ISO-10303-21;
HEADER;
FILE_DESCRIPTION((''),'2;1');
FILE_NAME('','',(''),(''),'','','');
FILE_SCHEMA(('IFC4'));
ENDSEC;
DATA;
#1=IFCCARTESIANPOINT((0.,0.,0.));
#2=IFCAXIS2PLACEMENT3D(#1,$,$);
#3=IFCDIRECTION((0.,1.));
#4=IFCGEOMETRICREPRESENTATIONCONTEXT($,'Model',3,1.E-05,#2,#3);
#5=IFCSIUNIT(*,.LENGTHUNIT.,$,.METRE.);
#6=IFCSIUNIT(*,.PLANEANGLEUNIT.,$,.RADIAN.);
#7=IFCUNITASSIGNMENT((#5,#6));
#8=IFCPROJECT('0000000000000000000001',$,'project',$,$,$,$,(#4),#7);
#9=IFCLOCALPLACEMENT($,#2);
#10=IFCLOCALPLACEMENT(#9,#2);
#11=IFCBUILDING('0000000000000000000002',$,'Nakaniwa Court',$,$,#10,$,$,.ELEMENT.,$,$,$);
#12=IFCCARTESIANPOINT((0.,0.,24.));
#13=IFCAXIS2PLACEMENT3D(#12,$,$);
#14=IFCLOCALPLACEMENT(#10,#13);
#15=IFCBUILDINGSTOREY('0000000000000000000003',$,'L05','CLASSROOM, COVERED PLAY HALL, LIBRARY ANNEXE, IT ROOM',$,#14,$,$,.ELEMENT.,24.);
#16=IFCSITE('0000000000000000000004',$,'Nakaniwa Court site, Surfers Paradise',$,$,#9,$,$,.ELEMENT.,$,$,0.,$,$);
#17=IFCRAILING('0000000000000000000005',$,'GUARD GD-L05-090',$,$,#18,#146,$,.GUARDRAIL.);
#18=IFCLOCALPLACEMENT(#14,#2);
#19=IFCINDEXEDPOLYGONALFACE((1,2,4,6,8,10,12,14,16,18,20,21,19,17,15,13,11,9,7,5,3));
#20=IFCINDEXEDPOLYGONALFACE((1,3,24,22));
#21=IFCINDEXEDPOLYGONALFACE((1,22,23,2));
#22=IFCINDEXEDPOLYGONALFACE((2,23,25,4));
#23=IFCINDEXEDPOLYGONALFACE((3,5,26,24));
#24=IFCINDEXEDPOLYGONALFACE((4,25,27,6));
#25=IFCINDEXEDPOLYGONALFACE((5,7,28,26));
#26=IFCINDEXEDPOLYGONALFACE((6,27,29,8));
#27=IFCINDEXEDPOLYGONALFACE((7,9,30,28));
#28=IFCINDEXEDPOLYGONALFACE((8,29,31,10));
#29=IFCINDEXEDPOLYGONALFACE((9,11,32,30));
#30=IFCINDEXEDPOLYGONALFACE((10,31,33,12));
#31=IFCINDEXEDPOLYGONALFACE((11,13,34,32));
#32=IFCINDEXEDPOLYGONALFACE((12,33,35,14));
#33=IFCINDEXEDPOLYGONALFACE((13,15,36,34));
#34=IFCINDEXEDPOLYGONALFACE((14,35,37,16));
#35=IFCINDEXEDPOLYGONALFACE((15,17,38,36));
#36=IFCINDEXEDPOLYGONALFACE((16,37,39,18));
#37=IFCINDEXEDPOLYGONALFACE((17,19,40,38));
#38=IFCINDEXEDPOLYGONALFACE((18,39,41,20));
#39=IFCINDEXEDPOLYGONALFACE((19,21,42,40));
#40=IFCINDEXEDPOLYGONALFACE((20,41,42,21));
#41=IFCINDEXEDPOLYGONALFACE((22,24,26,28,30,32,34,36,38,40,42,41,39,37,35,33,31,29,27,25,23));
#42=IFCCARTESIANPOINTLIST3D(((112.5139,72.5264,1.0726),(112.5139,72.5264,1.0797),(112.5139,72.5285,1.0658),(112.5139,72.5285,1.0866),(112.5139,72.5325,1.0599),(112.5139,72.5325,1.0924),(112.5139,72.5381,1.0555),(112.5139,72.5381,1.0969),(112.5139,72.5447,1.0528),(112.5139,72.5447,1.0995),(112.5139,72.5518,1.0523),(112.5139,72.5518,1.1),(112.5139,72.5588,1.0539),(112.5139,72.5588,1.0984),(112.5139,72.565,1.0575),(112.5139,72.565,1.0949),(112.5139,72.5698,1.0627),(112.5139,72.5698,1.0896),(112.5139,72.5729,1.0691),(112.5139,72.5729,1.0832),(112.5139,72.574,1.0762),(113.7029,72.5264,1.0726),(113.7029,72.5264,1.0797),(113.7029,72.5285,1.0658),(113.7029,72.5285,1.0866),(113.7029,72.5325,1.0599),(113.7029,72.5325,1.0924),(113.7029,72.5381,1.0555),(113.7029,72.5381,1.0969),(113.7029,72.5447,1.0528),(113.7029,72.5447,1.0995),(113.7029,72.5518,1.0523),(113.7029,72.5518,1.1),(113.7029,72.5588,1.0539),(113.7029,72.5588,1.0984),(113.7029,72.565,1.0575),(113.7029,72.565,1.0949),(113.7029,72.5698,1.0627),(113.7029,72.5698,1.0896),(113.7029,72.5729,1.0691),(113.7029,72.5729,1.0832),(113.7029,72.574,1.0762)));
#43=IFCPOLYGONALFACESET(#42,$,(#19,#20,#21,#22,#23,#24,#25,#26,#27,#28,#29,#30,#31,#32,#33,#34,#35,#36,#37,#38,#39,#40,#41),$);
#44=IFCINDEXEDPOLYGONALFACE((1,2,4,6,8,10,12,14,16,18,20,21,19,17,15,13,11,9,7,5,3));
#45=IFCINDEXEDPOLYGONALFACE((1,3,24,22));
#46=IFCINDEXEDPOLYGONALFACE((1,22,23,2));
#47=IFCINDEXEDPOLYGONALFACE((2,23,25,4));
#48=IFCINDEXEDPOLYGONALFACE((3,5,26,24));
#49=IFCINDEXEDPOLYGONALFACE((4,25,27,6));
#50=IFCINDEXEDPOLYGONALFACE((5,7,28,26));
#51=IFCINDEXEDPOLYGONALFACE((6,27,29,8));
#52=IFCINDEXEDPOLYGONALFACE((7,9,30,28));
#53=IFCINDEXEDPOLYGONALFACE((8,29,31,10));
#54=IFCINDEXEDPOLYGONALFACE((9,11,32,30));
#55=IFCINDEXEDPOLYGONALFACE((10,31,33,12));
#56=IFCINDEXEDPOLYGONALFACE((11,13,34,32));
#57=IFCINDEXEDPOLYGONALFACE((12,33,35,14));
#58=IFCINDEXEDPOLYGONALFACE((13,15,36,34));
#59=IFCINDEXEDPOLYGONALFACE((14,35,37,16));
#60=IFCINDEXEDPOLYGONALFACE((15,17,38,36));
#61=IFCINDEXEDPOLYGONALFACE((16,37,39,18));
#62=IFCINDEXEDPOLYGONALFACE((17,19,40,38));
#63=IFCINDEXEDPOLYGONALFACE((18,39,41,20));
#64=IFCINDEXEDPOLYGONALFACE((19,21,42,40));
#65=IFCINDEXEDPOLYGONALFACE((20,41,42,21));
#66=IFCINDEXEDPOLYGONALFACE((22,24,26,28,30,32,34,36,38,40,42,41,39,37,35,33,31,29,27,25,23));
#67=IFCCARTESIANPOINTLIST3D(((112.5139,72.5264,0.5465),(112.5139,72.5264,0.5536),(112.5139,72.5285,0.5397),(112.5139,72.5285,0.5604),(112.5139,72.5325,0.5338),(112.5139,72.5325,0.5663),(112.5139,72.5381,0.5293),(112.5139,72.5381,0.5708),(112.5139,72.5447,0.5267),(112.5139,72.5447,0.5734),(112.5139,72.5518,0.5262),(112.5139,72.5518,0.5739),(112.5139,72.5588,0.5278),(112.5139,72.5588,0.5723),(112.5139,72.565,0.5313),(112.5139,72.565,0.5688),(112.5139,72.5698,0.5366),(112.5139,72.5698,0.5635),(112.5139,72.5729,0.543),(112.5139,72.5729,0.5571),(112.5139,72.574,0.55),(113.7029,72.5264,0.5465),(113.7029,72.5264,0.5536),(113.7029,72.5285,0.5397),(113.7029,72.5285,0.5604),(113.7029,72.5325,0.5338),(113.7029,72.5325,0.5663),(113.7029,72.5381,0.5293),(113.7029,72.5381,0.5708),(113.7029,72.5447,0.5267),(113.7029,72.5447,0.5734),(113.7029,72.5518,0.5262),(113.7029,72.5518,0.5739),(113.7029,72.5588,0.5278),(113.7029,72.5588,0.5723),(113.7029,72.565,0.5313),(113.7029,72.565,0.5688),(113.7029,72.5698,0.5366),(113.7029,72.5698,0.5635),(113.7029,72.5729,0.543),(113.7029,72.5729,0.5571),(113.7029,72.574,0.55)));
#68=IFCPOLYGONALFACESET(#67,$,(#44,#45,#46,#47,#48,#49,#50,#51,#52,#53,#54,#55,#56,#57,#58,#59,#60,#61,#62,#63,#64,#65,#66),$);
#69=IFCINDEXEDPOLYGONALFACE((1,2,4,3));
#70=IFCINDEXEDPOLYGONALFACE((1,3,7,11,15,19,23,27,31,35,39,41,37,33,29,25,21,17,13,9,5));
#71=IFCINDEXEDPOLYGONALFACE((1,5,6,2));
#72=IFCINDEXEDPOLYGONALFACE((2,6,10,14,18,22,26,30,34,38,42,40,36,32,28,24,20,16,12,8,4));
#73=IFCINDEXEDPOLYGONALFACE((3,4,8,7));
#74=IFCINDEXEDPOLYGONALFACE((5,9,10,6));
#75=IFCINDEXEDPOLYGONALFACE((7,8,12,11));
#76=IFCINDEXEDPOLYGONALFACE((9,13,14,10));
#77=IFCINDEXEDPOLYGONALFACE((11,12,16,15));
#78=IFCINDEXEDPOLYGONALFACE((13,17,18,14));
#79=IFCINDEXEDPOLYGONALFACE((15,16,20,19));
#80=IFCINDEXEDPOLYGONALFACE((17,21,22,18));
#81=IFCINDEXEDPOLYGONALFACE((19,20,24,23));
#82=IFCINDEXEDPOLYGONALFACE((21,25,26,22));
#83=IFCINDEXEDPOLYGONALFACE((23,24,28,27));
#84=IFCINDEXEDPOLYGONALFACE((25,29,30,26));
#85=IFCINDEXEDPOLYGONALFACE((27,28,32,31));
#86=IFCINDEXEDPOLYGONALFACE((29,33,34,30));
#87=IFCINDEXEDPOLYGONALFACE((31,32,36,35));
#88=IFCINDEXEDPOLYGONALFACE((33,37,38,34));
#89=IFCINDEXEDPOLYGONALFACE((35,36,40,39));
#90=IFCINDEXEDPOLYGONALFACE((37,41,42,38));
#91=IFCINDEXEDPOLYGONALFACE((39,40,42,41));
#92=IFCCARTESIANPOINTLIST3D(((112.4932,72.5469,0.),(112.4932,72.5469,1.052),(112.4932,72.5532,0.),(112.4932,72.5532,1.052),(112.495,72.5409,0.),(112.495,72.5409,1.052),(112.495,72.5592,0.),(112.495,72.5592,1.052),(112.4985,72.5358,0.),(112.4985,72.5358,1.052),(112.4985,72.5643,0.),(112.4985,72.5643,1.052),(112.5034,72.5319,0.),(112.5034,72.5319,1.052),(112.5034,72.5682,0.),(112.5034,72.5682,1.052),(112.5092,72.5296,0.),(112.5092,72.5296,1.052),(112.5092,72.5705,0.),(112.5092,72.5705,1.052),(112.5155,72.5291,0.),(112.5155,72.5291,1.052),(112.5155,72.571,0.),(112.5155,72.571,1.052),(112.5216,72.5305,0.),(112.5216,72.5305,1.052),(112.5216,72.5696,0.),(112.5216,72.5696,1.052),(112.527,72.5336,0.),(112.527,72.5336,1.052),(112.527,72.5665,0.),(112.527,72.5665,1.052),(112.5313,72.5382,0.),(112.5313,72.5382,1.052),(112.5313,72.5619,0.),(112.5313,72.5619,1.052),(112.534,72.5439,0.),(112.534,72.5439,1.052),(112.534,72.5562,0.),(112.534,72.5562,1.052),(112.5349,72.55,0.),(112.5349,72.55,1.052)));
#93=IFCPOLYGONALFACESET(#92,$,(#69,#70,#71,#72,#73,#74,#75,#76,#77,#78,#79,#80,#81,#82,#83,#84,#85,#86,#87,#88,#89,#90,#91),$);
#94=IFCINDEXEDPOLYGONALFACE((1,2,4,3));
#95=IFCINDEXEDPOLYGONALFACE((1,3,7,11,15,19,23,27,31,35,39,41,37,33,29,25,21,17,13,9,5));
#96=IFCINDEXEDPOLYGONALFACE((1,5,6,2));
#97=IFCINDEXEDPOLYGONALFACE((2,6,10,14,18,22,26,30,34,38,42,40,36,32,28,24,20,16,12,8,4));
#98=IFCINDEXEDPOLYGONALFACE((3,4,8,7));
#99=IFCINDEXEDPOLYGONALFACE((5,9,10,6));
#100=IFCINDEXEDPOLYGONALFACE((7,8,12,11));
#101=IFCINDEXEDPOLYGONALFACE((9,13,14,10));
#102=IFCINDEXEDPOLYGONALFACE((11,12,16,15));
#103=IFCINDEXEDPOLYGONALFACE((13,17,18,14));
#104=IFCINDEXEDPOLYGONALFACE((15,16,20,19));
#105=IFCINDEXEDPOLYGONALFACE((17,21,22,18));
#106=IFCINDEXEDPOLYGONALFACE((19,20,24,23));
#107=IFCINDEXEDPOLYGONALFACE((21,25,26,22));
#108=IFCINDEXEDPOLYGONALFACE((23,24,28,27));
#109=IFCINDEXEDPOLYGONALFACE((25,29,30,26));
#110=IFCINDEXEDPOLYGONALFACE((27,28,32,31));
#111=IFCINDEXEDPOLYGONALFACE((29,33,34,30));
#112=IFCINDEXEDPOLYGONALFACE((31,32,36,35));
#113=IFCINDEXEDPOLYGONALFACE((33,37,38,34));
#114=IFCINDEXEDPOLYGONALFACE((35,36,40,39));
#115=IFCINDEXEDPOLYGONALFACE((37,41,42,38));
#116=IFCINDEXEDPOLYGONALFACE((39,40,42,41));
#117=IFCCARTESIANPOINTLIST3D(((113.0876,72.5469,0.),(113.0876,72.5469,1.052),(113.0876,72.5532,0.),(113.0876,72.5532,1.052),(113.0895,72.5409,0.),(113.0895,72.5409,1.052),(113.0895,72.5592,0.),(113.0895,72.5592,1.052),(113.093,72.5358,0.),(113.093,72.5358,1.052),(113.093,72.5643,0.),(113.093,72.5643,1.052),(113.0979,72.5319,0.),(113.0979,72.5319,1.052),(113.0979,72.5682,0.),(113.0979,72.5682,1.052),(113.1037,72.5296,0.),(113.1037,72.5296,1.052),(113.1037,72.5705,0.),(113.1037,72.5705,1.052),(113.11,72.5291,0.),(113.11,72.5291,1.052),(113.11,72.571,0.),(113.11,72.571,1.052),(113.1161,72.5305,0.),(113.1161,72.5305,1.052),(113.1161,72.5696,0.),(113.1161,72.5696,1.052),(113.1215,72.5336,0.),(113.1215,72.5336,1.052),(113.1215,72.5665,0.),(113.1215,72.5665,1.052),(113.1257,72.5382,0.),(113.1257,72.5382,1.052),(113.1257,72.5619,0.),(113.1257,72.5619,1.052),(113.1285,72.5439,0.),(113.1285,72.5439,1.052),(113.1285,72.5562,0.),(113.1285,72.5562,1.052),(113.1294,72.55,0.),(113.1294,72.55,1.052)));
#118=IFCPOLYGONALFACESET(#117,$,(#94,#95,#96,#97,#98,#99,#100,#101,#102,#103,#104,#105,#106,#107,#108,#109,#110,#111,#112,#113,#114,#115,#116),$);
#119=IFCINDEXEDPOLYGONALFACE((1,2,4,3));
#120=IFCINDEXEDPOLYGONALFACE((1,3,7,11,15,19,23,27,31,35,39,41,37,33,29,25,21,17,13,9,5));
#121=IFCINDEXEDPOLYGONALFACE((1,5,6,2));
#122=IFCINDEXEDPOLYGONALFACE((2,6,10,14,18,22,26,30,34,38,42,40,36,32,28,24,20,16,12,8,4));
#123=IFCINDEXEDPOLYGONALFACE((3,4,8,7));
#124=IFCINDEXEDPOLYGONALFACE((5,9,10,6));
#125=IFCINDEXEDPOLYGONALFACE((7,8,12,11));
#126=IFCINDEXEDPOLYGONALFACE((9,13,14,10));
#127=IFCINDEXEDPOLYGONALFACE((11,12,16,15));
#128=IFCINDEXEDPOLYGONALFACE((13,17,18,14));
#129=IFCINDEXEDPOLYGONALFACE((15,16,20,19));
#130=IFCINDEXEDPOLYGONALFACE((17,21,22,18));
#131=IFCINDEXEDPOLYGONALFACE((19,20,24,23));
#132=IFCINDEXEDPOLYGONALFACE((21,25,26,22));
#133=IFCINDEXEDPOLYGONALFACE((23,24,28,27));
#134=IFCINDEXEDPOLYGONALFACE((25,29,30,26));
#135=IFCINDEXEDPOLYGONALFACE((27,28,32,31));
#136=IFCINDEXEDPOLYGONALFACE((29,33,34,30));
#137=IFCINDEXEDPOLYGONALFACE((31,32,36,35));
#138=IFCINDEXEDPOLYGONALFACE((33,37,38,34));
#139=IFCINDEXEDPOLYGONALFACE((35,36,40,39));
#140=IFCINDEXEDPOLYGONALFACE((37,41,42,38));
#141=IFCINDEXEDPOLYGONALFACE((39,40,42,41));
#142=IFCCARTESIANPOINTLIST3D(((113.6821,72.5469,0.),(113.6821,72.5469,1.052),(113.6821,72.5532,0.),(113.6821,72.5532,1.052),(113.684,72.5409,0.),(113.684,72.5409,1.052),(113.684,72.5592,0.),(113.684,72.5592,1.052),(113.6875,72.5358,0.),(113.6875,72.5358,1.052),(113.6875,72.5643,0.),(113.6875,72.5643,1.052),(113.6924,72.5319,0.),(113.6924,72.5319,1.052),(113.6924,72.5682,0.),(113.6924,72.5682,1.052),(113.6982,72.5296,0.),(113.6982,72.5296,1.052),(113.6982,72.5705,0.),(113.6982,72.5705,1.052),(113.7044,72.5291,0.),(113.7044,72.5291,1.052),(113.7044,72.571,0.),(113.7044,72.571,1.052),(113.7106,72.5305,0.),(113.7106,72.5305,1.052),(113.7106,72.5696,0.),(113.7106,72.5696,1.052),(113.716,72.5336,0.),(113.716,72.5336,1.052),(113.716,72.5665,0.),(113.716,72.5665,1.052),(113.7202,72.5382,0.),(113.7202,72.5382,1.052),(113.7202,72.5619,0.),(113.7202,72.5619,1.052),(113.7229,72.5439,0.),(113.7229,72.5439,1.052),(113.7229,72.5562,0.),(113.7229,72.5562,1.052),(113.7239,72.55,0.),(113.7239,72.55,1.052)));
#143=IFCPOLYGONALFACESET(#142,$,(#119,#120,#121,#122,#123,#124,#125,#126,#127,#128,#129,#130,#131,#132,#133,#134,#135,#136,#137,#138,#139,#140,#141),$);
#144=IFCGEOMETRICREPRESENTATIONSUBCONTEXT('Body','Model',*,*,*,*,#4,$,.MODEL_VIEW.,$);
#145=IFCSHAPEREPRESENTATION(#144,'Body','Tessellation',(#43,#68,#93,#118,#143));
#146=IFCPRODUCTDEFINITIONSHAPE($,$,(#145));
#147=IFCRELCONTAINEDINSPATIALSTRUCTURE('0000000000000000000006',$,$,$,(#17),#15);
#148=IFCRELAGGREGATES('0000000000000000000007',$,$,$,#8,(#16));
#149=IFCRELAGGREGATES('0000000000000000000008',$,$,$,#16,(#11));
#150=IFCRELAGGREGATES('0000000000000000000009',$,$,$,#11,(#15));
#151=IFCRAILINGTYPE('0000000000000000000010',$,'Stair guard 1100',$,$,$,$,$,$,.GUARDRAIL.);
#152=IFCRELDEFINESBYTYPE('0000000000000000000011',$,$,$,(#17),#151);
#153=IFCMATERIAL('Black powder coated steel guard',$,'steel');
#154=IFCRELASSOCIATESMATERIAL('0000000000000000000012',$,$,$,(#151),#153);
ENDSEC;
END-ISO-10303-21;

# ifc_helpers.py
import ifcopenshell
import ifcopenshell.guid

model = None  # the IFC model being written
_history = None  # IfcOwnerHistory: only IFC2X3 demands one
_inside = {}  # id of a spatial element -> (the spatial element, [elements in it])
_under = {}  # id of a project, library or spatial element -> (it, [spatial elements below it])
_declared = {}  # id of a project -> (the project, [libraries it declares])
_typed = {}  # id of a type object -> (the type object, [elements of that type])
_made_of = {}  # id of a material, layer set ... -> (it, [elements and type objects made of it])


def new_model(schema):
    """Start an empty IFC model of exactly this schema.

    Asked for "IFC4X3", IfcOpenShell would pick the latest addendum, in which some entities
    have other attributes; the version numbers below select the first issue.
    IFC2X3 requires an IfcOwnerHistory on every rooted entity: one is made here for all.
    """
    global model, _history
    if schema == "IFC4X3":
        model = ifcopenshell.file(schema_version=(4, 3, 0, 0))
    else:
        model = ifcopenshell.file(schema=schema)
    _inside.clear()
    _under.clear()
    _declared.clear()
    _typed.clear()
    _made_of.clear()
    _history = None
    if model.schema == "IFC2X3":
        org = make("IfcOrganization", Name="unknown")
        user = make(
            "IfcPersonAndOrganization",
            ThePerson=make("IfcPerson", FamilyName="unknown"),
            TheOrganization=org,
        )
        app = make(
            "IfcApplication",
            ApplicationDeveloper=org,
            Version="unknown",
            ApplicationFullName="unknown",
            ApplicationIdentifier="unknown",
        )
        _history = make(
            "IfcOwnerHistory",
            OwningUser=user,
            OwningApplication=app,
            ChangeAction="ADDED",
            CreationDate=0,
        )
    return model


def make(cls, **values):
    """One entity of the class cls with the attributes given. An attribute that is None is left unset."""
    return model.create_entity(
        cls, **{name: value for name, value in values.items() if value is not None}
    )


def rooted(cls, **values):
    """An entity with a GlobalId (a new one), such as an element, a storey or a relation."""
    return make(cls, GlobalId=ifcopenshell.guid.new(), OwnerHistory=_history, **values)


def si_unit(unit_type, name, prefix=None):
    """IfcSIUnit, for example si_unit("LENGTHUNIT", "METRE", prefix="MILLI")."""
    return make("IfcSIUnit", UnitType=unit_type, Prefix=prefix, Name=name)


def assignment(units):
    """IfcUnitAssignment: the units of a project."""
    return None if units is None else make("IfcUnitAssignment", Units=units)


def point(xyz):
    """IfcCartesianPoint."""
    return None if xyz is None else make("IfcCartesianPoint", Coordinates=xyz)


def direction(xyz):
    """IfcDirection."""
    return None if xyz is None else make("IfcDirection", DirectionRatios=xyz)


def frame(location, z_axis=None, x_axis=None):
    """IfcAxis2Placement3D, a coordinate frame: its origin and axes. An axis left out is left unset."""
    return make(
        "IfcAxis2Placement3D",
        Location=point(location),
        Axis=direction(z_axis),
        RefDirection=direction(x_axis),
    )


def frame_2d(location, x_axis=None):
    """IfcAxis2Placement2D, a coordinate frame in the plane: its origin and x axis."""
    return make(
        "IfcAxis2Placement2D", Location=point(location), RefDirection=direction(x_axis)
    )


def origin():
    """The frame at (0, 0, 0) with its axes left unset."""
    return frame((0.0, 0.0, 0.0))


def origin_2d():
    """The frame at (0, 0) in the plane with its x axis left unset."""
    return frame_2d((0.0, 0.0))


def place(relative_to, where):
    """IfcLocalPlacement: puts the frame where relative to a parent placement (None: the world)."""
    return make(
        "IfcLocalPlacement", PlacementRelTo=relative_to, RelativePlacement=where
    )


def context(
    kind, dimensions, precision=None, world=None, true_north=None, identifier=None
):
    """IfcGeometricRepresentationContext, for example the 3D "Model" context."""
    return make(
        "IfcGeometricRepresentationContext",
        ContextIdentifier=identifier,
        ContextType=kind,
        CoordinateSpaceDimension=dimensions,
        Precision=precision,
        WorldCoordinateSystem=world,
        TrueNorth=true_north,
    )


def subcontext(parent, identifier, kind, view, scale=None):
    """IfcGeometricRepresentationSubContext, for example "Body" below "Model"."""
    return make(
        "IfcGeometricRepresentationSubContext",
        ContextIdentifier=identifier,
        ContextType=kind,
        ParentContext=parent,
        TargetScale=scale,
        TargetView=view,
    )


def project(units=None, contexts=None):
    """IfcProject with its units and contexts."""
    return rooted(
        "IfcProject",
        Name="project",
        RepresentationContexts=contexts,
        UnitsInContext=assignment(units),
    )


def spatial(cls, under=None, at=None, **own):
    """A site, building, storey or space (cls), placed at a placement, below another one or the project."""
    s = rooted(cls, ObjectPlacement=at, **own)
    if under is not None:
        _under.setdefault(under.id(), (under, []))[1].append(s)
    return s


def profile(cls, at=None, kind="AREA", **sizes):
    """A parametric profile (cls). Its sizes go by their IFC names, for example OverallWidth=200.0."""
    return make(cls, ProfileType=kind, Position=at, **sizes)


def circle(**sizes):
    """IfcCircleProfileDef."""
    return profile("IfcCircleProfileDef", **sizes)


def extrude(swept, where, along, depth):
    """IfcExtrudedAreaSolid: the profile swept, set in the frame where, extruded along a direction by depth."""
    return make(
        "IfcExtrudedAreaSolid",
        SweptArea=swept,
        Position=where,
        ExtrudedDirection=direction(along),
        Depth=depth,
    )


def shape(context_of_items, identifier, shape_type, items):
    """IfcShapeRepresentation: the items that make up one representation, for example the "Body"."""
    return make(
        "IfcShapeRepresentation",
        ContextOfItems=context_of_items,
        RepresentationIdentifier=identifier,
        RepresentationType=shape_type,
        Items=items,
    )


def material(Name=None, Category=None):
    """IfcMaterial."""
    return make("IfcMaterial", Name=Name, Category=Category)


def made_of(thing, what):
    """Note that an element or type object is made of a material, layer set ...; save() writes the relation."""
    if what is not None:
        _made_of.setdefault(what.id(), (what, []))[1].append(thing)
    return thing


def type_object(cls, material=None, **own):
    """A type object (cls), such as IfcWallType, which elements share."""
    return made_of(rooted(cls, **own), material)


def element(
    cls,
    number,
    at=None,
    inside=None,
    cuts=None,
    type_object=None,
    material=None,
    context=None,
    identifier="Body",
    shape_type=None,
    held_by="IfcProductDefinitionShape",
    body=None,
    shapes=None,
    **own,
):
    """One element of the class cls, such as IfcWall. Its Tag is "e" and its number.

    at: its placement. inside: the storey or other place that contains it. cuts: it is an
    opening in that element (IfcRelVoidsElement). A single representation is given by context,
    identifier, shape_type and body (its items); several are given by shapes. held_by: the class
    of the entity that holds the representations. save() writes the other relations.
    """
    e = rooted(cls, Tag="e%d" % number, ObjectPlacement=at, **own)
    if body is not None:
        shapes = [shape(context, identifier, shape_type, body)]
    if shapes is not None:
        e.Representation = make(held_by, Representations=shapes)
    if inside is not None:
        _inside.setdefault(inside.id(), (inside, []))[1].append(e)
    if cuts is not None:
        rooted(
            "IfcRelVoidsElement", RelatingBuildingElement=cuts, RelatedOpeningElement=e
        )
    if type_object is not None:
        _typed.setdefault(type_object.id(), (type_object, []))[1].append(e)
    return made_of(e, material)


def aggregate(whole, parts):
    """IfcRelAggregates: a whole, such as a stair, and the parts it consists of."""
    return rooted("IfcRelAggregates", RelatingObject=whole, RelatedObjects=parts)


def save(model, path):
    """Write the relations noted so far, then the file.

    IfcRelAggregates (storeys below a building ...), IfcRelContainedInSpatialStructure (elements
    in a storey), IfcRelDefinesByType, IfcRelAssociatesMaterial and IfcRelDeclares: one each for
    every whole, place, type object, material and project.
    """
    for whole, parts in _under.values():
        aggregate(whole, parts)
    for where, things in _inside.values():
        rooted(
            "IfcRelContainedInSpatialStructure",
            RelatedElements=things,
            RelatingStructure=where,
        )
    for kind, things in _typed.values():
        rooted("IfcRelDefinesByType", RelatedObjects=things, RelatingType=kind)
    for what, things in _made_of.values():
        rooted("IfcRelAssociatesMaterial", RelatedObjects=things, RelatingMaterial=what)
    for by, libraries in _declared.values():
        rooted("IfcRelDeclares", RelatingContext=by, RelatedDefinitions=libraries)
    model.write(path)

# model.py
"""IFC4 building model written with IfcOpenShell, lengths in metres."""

from ifc_helpers import new_model, si_unit, direction, frame, origin, origin_2d, place, context, subcontext, project, spatial, circle, extrude, material, type_object, element, save


model = new_model("IFC4")

# Units and contexts
model_context = context("Model", 3, precision=1e-05, world=origin(), true_north=direction((0.0, 1.0)))
body_context = subcontext(model_context, "Body", "Model", "MODEL_VIEW")
ifc_project = project(units=[si_unit("LENGTHUNIT", "METRE"), si_unit("PLANEANGLEUNIT", "RADIAN")], contexts=[model_context])

# Site, building, storey
site_placement = place(None, origin())
site = spatial("IfcSite", under=ifc_project, at=site_placement, Name="Nakaniwa Court site, Surfers Paradise", CompositionType="ELEMENT", RefElevation=0.0)
building_placement = place(site_placement, origin())
building = spatial("IfcBuilding", under=site, at=building_placement, Name="Nakaniwa Court", CompositionType="ELEMENT")
storey_placement = place(building_placement, frame((0.0, 0.0, 24.0)))
storey = spatial("IfcBuildingStorey", under=building, at=storey_placement, Name="L05", Description="CLASSROOM, COVERED PLAY HALL, LIBRARY ANNEXE, IT ROOM", CompositionType="ELEMENT", Elevation=24.0)

# Railing
ifc_material_1 = material(Name="Black powder coated steel guard", Category="steel")
railing_type = type_object("IfcRailingType", Name="Stair guard 1100", PredefinedType="GUARDRAIL", material=ifc_material_1)
railing_1_placement = place(storey_placement, frame((112.5139, 72.55, 0.0)))
element("IfcRailing", 1, at=railing_1_placement, inside=storey, type_object=railing_type, Name="GUARD GD-L05-090", PredefinedType="GUARDRAIL", context=body_context, shape_type="SweptSolid", body=[
    extrude(circle(Radius=0.0239, at=origin_2d()), frame((0.0, 0.0, 1.0762), z_axis=(1.0, 0.0, 0.0), x_axis=(0.0, 1.0, 0.0)), (0.0, 0.0, 1.0), 1.189),
    extrude(circle(Radius=0.0239, at=origin_2d()), frame((0.0, 0.0, 0.55), z_axis=(1.0, 0.0, 0.0), x_axis=(0.0, 1.0, 0.0)), (0.0, 0.0, 1.0), 1.189),
    extrude(circle(Radius=0.021, at=origin_2d()), origin(), (0.0, 0.0, 1.0), 1.052),
    extrude(circle(Radius=0.021, at=origin_2d()), frame((0.5945, 0.0, 0.0)), (0.0, 0.0, 1.0), 1.052),
    extrude(circle(Radius=0.021, at=origin_2d()), frame((1.189, 0.0, 0.0)), (0.0, 0.0, 1.0), 1.052),
])

save(model, "model.ifc")
